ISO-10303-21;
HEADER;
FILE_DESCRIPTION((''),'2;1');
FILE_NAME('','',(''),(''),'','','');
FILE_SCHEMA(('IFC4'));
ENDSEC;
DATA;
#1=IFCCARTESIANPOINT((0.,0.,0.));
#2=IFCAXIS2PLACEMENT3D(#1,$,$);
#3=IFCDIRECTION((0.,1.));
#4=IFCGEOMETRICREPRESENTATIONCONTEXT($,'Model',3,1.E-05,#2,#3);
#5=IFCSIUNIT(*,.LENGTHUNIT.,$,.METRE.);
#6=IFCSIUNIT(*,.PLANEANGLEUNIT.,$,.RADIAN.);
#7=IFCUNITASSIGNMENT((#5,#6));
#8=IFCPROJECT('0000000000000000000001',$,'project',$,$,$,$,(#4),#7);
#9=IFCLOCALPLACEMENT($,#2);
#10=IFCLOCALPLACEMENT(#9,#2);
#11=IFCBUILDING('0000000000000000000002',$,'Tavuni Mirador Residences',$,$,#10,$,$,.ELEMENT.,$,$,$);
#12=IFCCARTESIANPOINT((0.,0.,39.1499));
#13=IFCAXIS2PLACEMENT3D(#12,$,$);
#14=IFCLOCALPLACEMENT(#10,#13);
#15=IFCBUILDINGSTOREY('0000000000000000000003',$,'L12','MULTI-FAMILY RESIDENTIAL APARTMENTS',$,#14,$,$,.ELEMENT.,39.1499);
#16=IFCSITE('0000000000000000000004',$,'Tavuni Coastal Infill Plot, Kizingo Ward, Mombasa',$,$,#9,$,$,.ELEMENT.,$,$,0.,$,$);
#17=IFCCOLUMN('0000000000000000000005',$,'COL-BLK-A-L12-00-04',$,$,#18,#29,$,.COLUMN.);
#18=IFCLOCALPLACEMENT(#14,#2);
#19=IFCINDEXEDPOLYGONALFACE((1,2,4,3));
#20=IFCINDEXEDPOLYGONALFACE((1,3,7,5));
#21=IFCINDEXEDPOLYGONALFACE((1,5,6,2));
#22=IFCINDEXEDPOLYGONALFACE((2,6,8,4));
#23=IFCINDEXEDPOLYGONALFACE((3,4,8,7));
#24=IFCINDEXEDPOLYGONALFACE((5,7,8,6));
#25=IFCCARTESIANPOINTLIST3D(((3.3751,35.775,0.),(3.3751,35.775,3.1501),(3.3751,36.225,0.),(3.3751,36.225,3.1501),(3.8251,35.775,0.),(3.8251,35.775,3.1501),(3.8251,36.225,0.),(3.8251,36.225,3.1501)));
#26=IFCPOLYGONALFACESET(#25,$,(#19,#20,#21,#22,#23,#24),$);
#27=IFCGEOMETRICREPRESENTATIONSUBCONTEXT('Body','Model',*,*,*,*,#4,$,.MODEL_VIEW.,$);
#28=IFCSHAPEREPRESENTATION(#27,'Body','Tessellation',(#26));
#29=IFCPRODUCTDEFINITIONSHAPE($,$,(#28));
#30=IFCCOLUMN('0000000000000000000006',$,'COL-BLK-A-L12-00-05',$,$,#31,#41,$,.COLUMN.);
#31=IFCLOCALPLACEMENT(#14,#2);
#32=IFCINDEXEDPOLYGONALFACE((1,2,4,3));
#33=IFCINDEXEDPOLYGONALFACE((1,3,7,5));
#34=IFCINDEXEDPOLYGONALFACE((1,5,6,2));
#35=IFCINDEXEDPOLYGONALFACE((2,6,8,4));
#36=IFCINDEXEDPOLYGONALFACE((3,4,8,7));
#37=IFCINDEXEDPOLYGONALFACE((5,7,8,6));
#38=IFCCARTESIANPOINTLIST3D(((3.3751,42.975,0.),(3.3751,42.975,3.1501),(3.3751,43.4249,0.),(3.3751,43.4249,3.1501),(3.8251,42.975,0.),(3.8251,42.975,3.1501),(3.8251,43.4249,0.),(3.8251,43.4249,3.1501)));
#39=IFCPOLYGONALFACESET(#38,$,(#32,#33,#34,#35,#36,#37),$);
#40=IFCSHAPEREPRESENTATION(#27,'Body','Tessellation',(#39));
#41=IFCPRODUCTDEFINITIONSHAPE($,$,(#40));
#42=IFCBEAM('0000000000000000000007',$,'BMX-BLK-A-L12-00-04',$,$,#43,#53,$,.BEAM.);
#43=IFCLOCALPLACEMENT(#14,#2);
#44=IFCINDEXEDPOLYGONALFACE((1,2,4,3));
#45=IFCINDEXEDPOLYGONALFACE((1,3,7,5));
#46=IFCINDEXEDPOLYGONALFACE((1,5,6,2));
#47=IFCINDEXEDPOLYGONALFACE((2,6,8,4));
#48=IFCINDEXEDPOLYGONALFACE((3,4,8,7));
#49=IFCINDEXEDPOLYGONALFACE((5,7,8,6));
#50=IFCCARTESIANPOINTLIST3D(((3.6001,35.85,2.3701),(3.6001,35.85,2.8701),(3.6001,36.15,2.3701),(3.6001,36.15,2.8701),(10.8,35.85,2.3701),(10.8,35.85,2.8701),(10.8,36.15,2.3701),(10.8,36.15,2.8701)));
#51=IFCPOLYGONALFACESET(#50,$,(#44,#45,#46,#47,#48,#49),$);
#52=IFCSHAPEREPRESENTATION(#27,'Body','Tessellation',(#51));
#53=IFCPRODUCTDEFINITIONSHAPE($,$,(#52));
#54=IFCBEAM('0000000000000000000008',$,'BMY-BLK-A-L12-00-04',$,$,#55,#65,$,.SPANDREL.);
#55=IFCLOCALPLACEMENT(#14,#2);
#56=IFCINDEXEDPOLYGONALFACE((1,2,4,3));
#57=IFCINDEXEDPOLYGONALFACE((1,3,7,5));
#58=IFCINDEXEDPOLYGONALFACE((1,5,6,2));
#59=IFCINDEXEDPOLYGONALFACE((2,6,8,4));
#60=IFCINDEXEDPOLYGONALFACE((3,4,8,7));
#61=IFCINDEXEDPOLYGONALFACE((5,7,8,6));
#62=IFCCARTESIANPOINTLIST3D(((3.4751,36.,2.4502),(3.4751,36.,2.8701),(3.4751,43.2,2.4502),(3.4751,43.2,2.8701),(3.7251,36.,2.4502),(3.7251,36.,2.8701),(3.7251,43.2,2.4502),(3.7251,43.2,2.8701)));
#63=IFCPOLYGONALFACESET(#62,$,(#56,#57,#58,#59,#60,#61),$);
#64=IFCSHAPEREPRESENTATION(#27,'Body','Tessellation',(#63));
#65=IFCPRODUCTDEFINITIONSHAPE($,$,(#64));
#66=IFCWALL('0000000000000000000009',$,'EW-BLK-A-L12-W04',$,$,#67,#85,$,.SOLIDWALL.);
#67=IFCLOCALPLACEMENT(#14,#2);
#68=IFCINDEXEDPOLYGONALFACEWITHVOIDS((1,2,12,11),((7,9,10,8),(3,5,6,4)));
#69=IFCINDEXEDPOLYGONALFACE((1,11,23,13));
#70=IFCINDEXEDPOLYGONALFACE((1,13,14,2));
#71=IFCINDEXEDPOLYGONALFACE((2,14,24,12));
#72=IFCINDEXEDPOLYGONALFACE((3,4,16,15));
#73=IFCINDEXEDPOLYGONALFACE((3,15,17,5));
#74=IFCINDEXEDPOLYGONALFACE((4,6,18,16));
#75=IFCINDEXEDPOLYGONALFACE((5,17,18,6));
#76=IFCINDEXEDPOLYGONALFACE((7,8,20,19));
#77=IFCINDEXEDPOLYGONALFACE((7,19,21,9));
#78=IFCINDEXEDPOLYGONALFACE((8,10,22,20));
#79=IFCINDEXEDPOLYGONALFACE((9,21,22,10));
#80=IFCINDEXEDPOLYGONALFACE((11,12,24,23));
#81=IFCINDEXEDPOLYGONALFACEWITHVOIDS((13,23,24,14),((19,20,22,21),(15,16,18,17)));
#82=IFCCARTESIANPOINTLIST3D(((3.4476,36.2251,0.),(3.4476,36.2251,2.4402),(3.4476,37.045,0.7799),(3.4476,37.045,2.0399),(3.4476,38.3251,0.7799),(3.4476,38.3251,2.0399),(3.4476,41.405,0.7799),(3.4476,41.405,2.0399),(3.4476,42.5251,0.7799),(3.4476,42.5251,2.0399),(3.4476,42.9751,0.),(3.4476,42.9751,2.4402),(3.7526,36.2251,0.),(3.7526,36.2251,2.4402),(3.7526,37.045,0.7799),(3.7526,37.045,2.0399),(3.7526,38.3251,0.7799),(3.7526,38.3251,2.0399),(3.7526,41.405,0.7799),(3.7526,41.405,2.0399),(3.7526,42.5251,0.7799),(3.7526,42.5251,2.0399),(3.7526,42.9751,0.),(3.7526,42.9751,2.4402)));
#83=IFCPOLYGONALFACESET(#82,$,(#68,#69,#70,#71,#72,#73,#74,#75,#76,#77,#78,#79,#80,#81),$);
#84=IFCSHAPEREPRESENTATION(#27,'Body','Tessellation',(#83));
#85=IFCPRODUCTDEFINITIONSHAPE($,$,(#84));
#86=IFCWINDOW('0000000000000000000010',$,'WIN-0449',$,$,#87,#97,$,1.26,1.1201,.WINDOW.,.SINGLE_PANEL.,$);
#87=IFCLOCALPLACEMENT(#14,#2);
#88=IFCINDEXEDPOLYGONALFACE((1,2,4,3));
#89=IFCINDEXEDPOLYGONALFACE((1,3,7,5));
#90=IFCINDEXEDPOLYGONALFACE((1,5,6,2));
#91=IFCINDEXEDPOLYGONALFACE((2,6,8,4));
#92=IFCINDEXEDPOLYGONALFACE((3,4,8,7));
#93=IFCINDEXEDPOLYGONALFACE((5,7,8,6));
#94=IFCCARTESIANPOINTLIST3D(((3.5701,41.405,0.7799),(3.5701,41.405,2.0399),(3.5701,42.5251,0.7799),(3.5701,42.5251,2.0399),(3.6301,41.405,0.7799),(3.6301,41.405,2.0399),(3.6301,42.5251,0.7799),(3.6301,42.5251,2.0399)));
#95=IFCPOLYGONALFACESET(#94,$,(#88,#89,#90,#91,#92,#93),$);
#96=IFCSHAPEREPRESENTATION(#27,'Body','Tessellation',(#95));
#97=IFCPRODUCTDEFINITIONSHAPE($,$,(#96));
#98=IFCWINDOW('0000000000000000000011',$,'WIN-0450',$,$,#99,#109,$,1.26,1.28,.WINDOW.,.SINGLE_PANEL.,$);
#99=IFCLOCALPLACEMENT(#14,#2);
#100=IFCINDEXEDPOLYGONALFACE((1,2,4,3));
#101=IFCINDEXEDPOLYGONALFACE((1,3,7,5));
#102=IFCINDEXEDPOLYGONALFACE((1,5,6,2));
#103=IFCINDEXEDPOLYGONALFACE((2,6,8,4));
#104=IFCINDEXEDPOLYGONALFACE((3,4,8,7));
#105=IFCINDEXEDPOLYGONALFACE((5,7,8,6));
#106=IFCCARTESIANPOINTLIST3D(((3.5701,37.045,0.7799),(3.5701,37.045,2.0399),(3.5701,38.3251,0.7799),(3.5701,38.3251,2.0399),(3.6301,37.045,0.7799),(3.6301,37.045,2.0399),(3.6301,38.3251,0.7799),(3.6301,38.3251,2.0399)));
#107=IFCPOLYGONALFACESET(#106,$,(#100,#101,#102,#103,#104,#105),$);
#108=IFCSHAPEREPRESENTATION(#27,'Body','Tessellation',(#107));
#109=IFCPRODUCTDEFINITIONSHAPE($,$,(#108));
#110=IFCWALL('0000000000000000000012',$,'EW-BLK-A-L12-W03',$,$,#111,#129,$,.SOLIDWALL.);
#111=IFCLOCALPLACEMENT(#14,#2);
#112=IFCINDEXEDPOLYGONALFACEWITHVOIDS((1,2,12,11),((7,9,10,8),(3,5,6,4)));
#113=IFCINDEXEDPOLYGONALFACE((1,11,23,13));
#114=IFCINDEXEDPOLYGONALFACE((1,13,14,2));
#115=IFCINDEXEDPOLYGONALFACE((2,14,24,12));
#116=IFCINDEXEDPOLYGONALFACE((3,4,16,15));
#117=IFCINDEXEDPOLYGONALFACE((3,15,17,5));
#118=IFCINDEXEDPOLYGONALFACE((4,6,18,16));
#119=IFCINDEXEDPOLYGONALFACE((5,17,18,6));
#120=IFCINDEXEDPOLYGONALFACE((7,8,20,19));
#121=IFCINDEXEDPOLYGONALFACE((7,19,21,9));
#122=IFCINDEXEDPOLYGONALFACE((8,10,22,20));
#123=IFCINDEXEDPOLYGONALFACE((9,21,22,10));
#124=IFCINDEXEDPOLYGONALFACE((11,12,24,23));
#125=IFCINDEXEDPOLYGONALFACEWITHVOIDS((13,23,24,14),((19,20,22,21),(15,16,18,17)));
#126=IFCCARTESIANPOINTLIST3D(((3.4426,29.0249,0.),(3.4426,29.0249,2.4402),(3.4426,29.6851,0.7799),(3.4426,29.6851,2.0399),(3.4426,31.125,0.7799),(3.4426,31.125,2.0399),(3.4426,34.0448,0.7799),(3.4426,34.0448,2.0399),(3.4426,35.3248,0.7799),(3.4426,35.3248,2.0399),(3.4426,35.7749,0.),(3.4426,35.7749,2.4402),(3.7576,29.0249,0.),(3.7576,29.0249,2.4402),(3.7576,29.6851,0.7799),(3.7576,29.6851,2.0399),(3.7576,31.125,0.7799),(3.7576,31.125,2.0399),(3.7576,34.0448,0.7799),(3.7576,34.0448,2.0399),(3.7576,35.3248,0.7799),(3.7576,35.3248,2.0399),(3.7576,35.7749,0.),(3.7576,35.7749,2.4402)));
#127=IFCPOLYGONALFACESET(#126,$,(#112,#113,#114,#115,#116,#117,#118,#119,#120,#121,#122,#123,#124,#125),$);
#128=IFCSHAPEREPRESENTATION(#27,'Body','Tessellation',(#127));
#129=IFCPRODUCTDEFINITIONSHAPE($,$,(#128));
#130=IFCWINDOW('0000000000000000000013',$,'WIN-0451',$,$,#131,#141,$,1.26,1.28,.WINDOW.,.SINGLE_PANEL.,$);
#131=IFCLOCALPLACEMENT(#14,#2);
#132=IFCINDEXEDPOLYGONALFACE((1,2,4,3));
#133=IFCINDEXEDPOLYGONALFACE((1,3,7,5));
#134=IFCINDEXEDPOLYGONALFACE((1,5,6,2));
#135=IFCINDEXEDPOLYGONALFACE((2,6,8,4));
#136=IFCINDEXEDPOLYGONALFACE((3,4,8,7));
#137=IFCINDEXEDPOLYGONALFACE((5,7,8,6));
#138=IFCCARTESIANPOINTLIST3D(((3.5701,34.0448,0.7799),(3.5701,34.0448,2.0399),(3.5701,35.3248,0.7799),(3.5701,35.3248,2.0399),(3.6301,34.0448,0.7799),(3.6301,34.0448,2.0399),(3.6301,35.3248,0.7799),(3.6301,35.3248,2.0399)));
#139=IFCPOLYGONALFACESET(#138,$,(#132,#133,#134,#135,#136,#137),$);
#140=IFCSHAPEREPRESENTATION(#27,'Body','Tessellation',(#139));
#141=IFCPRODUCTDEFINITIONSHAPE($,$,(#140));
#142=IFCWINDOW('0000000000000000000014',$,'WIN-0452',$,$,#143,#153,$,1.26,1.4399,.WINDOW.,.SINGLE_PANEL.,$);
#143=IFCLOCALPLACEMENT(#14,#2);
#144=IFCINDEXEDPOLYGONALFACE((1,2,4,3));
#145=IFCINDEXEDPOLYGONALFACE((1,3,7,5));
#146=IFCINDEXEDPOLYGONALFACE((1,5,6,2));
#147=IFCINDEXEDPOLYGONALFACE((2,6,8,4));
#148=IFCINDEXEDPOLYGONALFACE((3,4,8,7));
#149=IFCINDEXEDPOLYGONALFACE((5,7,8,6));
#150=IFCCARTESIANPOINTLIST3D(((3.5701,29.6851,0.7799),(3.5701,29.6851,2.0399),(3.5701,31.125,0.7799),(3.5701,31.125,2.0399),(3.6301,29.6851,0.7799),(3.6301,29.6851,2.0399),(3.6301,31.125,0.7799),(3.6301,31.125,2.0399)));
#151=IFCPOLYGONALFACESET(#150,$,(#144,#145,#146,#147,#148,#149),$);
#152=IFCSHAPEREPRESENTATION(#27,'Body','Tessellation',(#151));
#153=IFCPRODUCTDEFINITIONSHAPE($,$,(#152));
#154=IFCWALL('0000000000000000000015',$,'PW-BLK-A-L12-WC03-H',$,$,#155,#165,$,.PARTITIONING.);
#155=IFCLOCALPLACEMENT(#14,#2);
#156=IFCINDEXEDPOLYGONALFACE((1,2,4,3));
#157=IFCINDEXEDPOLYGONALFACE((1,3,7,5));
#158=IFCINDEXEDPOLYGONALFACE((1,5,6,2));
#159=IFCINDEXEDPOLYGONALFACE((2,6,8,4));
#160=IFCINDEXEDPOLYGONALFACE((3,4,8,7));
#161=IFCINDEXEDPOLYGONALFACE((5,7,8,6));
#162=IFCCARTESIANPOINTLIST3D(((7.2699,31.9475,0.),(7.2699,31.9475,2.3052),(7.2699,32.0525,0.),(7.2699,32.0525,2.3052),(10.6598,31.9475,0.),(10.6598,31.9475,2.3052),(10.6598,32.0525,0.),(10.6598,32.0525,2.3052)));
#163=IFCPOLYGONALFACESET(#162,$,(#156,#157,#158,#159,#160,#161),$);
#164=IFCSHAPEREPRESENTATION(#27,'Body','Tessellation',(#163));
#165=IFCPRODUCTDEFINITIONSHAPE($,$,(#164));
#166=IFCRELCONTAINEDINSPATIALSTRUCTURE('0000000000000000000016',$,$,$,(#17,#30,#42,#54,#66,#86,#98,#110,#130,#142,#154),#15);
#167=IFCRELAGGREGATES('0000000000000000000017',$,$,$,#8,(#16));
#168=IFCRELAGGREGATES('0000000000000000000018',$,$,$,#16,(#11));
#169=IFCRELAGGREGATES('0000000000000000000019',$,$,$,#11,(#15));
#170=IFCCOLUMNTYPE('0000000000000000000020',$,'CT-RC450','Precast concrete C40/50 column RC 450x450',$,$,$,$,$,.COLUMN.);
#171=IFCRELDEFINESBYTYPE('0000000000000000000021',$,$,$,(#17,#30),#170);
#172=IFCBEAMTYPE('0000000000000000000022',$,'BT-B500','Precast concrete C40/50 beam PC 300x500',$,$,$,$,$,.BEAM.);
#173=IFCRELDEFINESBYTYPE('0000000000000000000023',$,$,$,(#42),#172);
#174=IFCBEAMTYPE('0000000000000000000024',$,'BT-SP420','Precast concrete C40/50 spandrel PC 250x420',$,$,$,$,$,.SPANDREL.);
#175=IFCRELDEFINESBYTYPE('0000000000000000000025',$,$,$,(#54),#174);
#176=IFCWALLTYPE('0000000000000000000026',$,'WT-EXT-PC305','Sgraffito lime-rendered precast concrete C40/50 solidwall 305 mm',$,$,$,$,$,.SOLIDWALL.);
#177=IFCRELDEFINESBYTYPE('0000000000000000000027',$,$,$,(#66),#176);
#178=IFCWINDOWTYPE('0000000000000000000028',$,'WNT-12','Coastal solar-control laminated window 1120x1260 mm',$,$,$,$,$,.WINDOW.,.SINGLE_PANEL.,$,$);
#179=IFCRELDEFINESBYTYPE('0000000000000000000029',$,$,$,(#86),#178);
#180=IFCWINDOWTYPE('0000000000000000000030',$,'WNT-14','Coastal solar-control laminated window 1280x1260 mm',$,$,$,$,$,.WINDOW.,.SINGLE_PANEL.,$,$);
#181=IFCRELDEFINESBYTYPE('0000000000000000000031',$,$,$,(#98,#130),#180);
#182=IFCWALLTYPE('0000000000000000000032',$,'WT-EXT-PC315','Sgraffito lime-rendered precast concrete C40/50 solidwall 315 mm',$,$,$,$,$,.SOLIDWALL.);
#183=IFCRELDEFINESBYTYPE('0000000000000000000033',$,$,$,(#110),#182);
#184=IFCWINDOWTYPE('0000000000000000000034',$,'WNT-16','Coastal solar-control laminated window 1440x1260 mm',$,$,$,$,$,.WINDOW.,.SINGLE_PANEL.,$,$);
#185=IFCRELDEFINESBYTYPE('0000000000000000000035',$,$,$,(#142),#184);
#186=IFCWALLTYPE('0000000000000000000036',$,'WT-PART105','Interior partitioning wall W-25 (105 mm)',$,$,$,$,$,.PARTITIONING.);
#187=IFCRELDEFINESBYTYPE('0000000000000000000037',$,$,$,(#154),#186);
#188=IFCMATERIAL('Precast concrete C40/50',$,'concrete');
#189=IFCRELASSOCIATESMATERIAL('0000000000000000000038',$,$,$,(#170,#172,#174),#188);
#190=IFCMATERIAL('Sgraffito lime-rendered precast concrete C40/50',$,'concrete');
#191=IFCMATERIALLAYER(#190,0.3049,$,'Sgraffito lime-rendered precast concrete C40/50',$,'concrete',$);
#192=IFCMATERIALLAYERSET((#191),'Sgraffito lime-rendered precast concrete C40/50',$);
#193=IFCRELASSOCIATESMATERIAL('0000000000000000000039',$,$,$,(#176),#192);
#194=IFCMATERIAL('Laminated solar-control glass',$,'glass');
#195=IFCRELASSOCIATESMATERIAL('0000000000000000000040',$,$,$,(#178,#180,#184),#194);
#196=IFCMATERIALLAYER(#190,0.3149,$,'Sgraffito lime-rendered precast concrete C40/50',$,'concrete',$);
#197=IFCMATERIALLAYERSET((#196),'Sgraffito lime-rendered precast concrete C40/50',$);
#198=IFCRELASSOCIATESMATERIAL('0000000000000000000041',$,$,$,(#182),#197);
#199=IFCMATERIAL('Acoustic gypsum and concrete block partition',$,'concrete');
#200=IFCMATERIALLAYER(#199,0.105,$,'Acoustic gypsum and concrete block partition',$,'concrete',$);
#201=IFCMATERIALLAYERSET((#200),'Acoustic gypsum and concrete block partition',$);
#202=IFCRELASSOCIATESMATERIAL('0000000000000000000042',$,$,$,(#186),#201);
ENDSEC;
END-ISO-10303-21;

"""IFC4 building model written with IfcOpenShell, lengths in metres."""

from ifc_helpers import new_model, si_unit, direction, frame, frame_2d, origin, origin_2d, place, context, subcontext, project, spatial, rectangle, extrude, material, layer, layer_set, material_profile, profile_set, type_object, element, fill, save


model = new_model("IFC4")

# Units and contexts
model_context = context("Model", 3, precision=1e-05, world=origin(), true_north=direction((0.0, 1.0)))
body_context = subcontext(model_context, "Body", "Model", "MODEL_VIEW")
ifc_project = project(units=[si_unit("LENGTHUNIT", "METRE"), si_unit("PLANEANGLEUNIT", "RADIAN")], contexts=[model_context])

# Site, building, storey
site_placement = place(None, origin())
site = spatial("IfcSite", under=ifc_project, at=site_placement, Name="Tavuni Coastal Infill Plot, Kizingo Ward, Mombasa", CompositionType="ELEMENT", RefElevation=0.0)
building_placement = place(site_placement, origin())
building = spatial("IfcBuilding", under=site, at=building_placement, Name="Tavuni Mirador Residences", CompositionType="ELEMENT")
storey_placement = place(building_placement, frame((0.0, 0.0, 39.1499)))
storey = spatial("IfcBuildingStorey", under=building, at=storey_placement, Name="L12", Description="MULTI-FAMILY RESIDENTIAL APARTMENTS", CompositionType="ELEMENT", Elevation=39.1499)

# Columns
ifc_material_1 = material(Name="Precast concrete C40/50", Category="concrete")
ifc_material_profile_1 = material_profile(ifc_material_1, rectangle(XDim=0.45, YDim=0.45, at=origin_2d()), Name="RC 450x450", Category="concrete")
ifc_profile_set_1 = profile_set([ifc_material_profile_1], Name="Precast concrete C40/50")
column_type = type_object("IfcColumnType", Name="CT-RC450", Description="Precast concrete C40/50 column RC 450x450", PredefinedType="COLUMN", material=ifc_profile_set_1)
for number, where, z_axis, x_axis, name in (
    (1, (3.6001, 36.0, 0.0), (0.0, 0.0, 1.0), (1.0, 0.0, 0.0), "COL-BLK-A-L12-00-04"),
    (2, (3.6001, 43.2, 0.0), (0.0, 0.0, 1.0), (1.0, 0.0, 0.0), "COL-BLK-A-L12-00-05"),
):
    element("IfcColumn", number, at=place(storey_placement, frame(where, z_axis=z_axis, x_axis=x_axis)), inside=storey, type_object=column_type, Name=name, PredefinedType="COLUMN", context=body_context, shape_type="SweptSolid", body=[
        extrude(rectangle(XDim=0.45, YDim=0.45, at=origin_2d()), origin(), (0.0, 0.0, 1.0), 3.1501),
    ])

# Beams
ifc_material_profile_2 = material_profile(ifc_material_1, rectangle(XDim=0.3, YDim=0.5, at=origin_2d()), Name="PC 300x500", Category="concrete")
ifc_profile_set_2 = profile_set([ifc_material_profile_2], Name="Precast concrete C40/50")
beam_type_1 = type_object("IfcBeamType", Name="BT-B500", Description="Precast concrete C40/50 beam PC 300x500", PredefinedType="BEAM", material=ifc_profile_set_2)
beam_1_placement = place(storey_placement, frame((3.6001, 36.0, 2.6201), z_axis=(1.0, 0.0, 0.0), x_axis=(0.0, 1.0, 0.0)))
element("IfcBeam", 3, at=beam_1_placement, inside=storey, type_object=beam_type_1, Name="BMX-BLK-A-L12-00-04", PredefinedType="BEAM", context=body_context, shape_type="SweptSolid", body=[
    extrude(rectangle(XDim=0.3, YDim=0.5, at=origin_2d()), origin(), (0.0, 0.0, 1.0), 7.2),
])
ifc_material_profile_3 = material_profile(ifc_material_1, rectangle(XDim=0.25, YDim=0.4199, at=origin_2d()), Name="PC 250x420", Category="concrete")
ifc_profile_set_3 = profile_set([ifc_material_profile_3], Name="Precast concrete C40/50")
beam_type_2 = type_object("IfcBeamType", Name="BT-SP420", Description="Precast concrete C40/50 spandrel PC 250x420", PredefinedType="SPANDREL", material=ifc_profile_set_3)
beam_2_placement = place(storey_placement, frame((3.6001, 36.0, 2.6602), z_axis=(0.0, 1.0, 0.0), x_axis=(-1.0, 0.0, 0.0)))
element("IfcBeam", 4, at=beam_2_placement, inside=storey, type_object=beam_type_2, Name="BMY-BLK-A-L12-00-04", PredefinedType="SPANDREL", context=body_context, shape_type="SweptSolid", body=[
    extrude(rectangle(XDim=0.25, YDim=0.4199, at=origin_2d()), origin(), (0.0, 0.0, 1.0), 7.2),
])

# Walls, openings, windows
ifc_material_2 = material(Name="Sgraffito lime-rendered precast concrete C40/50", Category="concrete")
ifc_layer_1 = layer(ifc_material_2, 0.3049, Name="Sgraffito lime-rendered precast concrete C40/50", Category="concrete")
ifc_layer_set_1 = layer_set([ifc_layer_1], Name="Sgraffito lime-rendered precast concrete C40/50")
wall_type_1 = type_object("IfcWallType", Name="WT-EXT-PC305", Description="Sgraffito lime-rendered precast concrete C40/50 solidwall 305 mm", PredefinedType="SOLIDWALL", material=ifc_layer_set_1)
wall_1_placement = place(storey_placement, frame((3.6001, 42.9751, 0.0), z_axis=(0.0, 0.0, 1.0), x_axis=(0.0, -1.0, 0.0)))
wall_1 = element("IfcWall", 5, at=wall_1_placement, inside=storey, type_object=wall_type_1, Name="EW-BLK-A-L12-W04", PredefinedType="SOLIDWALL", context=body_context, shape_type="SweptSolid", body=[
    extrude(rectangle(XDim=6.75, YDim=0.3049, at=frame_2d((3.375, 0.0))), origin(), (0.0, 0.0, 1.0), 2.4402),
])
opening_1_placement = place(wall_1_placement, frame((0.45, 0.0, 0.78)))
opening_1 = element("IfcOpeningElement", 6, at=opening_1_placement, cuts=wall_1, PredefinedType="OPENING", context=body_context, shape_type="SweptSolid", body=[
    extrude(rectangle(XDim=1.1201, YDim=1.26, at=frame_2d((0.5601, 0.6299))), frame((0.0, 0.1626, 0.0), z_axis=(0.0, -1.0, 0.0), x_axis=(1.0, 0.0, 0.0)), (0.0, 0.0, 1.0), 0.325),
])
opening_2_placement = place(wall_1_placement, frame((4.6499, 0.0, 0.78)))
opening_2 = element("IfcOpeningElement", 7, at=opening_2_placement, cuts=wall_1, PredefinedType="OPENING", context=body_context, shape_type="SweptSolid", body=[
    extrude(rectangle(XDim=1.28, YDim=1.26, at=frame_2d((0.6401, 0.6299))), frame((0.0, 0.1626, 0.0), z_axis=(0.0, -1.0, 0.0), x_axis=(1.0, 0.0, 0.0)), (0.0, 0.0, 1.0), 0.325),
])
ifc_material_3 = material(Name="Laminated solar-control glass", Category="glass")
window_type_1 = type_object("IfcWindowType", Name="WNT-12", Description="Coastal solar-control laminated window 1120x1260 mm", PartitioningType="SINGLE_PANEL", PredefinedType="WINDOW", material=ifc_material_3)
window_1_placement = place(opening_1_placement, origin())
window_1 = element("IfcWindow", 8, at=window_1_placement, inside=storey, type_object=window_type_1, Name="WIN-0449", OverallHeight=1.26, OverallWidth=1.1201, PartitioningType="SINGLE_PANEL", PredefinedType="WINDOW", context=body_context, shape_type="SweptSolid", body=[
    extrude(rectangle(XDim=1.1201, YDim=1.26, at=frame_2d((0.5601, 0.6299))), frame((0.0, 0.03, 0.0), z_axis=(0.0, -1.0, 0.0), x_axis=(1.0, 0.0, 0.0)), (0.0, 0.0, 1.0), 0.0601),
])
fill(opening_1, window_1)
window_type_2 = type_object("IfcWindowType", Name="WNT-14", Description="Coastal solar-control laminated window 1280x1260 mm", PartitioningType="SINGLE_PANEL", PredefinedType="WINDOW", material=ifc_material_3)
window_2_placement = place(opening_2_placement, origin())
window_2 = element("IfcWindow", 9, at=window_2_placement, inside=storey, type_object=window_type_2, Name="WIN-0450", OverallHeight=1.26, OverallWidth=1.28, PartitioningType="SINGLE_PANEL", PredefinedType="WINDOW", context=body_context, shape_type="SweptSolid", body=[
    extrude(rectangle(XDim=1.28, YDim=1.26, at=frame_2d((0.6401, 0.6299))), frame((0.0, 0.03, 0.0), z_axis=(0.0, -1.0, 0.0), x_axis=(1.0, 0.0, 0.0)), (0.0, 0.0, 1.0), 0.0601),
])
fill(opening_2, window_2)
ifc_layer_2 = layer(ifc_material_2, 0.3149, Name="Sgraffito lime-rendered precast concrete C40/50", Category="concrete")
ifc_layer_set_2 = layer_set([ifc_layer_2], Name="Sgraffito lime-rendered precast concrete C40/50")
wall_type_2 = type_object("IfcWallType", Name="WT-EXT-PC315", Description="Sgraffito lime-rendered precast concrete C40/50 solidwall 315 mm", PredefinedType="SOLIDWALL", material=ifc_layer_set_2)
wall_2_placement = place(storey_placement, frame((3.6001, 35.7749, 0.0), z_axis=(0.0, 0.0, 1.0), x_axis=(0.0, -1.0, 0.0)))
wall_2 = element("IfcWall", 10, at=wall_2_placement, inside=storey, type_object=wall_type_2, Name="EW-BLK-A-L12-W03", PredefinedType="SOLIDWALL", context=body_context, shape_type="SweptSolid", body=[
    extrude(rectangle(XDim=6.75, YDim=0.3149, at=frame_2d((3.375, 0.0))), origin(), (0.0, 0.0, 1.0), 2.4402),
])
opening_3_placement = place(wall_2_placement, frame((0.45, 0.0, 0.78)))
opening_3 = element("IfcOpeningElement", 11, at=opening_3_placement, cuts=wall_2, PredefinedType="OPENING", context=body_context, shape_type="SweptSolid", body=[
    extrude(rectangle(XDim=1.28, YDim=1.26, at=frame_2d((0.6401, 0.6299))), frame((0.0, 0.1675, 0.0), z_axis=(0.0, -1.0, 0.0), x_axis=(1.0, 0.0, 0.0)), (0.0, 0.0, 1.0), 0.335),
])
opening_4_placement = place(wall_2_placement, frame((4.6499, 0.0, 0.78)))
opening_4 = element("IfcOpeningElement", 12, at=opening_4_placement, cuts=wall_2, PredefinedType="OPENING", context=body_context, shape_type="SweptSolid", body=[
    extrude(rectangle(XDim=1.4399, YDim=1.26, at=frame_2d((0.72, 0.6299))), frame((0.0, 0.1675, 0.0), z_axis=(0.0, -1.0, 0.0), x_axis=(1.0, 0.0, 0.0)), (0.0, 0.0, 1.0), 0.335),
])
window_3_placement = place(opening_3_placement, origin())
window_3 = element("IfcWindow", 13, at=window_3_placement, inside=storey, type_object=window_type_2, Name="WIN-0451", OverallHeight=1.26, OverallWidth=1.28, PartitioningType="SINGLE_PANEL", PredefinedType="WINDOW", context=body_context, shape_type="SweptSolid", body=[
    extrude(rectangle(XDim=1.28, YDim=1.26, at=frame_2d((0.6401, 0.6299))), frame((0.0, 0.03, 0.0), z_axis=(0.0, -1.0, 0.0), x_axis=(1.0, 0.0, 0.0)), (0.0, 0.0, 1.0), 0.0601),
])
fill(opening_3, window_3)
window_type_3 = type_object("IfcWindowType", Name="WNT-16", Description="Coastal solar-control laminated window 1440x1260 mm", PartitioningType="SINGLE_PANEL", PredefinedType="WINDOW", material=ifc_material_3)
window_4_placement = place(opening_4_placement, origin())
window_4 = element("IfcWindow", 14, at=window_4_placement, inside=storey, type_object=window_type_3, Name="WIN-0452", OverallHeight=1.26, OverallWidth=1.4399, PartitioningType="SINGLE_PANEL", PredefinedType="WINDOW", context=body_context, shape_type="SweptSolid", body=[
    extrude(rectangle(XDim=1.4399, YDim=1.26, at=frame_2d((0.72, 0.6299))), frame((0.0, 0.03, 0.0), z_axis=(0.0, -1.0, 0.0), x_axis=(1.0, 0.0, 0.0)), (0.0, 0.0, 1.0), 0.0601),
])
fill(opening_4, window_4)

# Wall
ifc_material_4 = material(Name="Acoustic gypsum and concrete block partition", Category="concrete")
ifc_layer_3 = layer(ifc_material_4, 0.105, Name="Acoustic gypsum and concrete block partition", Category="concrete")
ifc_layer_set_3 = layer_set([ifc_layer_3], Name="Acoustic gypsum and concrete block partition")
wall_type_3 = type_object("IfcWallType", Name="WT-PART105", Description="Interior partitioning wall W-25 (105 mm)", PredefinedType="PARTITIONING", material=ifc_layer_set_3)
wall_3_placement = place(storey_placement, frame((7.27, 32.0, 0.0), z_axis=(0.0, 0.0, 1.0), x_axis=(1.0, 0.0, 0.0)))
element("IfcWall", 15, at=wall_3_placement, inside=storey, type_object=wall_type_3, Name="PW-BLK-A-L12-WC03-H", PredefinedType="PARTITIONING", context=body_context, shape_type="SweptSolid", body=[
    extrude(rectangle(XDim=3.3899, YDim=0.105, at=frame_2d((1.6948, 0.0))), origin(), (0.0, 0.0, 1.0), 2.3052),
])

save(model, "model.ifc")
